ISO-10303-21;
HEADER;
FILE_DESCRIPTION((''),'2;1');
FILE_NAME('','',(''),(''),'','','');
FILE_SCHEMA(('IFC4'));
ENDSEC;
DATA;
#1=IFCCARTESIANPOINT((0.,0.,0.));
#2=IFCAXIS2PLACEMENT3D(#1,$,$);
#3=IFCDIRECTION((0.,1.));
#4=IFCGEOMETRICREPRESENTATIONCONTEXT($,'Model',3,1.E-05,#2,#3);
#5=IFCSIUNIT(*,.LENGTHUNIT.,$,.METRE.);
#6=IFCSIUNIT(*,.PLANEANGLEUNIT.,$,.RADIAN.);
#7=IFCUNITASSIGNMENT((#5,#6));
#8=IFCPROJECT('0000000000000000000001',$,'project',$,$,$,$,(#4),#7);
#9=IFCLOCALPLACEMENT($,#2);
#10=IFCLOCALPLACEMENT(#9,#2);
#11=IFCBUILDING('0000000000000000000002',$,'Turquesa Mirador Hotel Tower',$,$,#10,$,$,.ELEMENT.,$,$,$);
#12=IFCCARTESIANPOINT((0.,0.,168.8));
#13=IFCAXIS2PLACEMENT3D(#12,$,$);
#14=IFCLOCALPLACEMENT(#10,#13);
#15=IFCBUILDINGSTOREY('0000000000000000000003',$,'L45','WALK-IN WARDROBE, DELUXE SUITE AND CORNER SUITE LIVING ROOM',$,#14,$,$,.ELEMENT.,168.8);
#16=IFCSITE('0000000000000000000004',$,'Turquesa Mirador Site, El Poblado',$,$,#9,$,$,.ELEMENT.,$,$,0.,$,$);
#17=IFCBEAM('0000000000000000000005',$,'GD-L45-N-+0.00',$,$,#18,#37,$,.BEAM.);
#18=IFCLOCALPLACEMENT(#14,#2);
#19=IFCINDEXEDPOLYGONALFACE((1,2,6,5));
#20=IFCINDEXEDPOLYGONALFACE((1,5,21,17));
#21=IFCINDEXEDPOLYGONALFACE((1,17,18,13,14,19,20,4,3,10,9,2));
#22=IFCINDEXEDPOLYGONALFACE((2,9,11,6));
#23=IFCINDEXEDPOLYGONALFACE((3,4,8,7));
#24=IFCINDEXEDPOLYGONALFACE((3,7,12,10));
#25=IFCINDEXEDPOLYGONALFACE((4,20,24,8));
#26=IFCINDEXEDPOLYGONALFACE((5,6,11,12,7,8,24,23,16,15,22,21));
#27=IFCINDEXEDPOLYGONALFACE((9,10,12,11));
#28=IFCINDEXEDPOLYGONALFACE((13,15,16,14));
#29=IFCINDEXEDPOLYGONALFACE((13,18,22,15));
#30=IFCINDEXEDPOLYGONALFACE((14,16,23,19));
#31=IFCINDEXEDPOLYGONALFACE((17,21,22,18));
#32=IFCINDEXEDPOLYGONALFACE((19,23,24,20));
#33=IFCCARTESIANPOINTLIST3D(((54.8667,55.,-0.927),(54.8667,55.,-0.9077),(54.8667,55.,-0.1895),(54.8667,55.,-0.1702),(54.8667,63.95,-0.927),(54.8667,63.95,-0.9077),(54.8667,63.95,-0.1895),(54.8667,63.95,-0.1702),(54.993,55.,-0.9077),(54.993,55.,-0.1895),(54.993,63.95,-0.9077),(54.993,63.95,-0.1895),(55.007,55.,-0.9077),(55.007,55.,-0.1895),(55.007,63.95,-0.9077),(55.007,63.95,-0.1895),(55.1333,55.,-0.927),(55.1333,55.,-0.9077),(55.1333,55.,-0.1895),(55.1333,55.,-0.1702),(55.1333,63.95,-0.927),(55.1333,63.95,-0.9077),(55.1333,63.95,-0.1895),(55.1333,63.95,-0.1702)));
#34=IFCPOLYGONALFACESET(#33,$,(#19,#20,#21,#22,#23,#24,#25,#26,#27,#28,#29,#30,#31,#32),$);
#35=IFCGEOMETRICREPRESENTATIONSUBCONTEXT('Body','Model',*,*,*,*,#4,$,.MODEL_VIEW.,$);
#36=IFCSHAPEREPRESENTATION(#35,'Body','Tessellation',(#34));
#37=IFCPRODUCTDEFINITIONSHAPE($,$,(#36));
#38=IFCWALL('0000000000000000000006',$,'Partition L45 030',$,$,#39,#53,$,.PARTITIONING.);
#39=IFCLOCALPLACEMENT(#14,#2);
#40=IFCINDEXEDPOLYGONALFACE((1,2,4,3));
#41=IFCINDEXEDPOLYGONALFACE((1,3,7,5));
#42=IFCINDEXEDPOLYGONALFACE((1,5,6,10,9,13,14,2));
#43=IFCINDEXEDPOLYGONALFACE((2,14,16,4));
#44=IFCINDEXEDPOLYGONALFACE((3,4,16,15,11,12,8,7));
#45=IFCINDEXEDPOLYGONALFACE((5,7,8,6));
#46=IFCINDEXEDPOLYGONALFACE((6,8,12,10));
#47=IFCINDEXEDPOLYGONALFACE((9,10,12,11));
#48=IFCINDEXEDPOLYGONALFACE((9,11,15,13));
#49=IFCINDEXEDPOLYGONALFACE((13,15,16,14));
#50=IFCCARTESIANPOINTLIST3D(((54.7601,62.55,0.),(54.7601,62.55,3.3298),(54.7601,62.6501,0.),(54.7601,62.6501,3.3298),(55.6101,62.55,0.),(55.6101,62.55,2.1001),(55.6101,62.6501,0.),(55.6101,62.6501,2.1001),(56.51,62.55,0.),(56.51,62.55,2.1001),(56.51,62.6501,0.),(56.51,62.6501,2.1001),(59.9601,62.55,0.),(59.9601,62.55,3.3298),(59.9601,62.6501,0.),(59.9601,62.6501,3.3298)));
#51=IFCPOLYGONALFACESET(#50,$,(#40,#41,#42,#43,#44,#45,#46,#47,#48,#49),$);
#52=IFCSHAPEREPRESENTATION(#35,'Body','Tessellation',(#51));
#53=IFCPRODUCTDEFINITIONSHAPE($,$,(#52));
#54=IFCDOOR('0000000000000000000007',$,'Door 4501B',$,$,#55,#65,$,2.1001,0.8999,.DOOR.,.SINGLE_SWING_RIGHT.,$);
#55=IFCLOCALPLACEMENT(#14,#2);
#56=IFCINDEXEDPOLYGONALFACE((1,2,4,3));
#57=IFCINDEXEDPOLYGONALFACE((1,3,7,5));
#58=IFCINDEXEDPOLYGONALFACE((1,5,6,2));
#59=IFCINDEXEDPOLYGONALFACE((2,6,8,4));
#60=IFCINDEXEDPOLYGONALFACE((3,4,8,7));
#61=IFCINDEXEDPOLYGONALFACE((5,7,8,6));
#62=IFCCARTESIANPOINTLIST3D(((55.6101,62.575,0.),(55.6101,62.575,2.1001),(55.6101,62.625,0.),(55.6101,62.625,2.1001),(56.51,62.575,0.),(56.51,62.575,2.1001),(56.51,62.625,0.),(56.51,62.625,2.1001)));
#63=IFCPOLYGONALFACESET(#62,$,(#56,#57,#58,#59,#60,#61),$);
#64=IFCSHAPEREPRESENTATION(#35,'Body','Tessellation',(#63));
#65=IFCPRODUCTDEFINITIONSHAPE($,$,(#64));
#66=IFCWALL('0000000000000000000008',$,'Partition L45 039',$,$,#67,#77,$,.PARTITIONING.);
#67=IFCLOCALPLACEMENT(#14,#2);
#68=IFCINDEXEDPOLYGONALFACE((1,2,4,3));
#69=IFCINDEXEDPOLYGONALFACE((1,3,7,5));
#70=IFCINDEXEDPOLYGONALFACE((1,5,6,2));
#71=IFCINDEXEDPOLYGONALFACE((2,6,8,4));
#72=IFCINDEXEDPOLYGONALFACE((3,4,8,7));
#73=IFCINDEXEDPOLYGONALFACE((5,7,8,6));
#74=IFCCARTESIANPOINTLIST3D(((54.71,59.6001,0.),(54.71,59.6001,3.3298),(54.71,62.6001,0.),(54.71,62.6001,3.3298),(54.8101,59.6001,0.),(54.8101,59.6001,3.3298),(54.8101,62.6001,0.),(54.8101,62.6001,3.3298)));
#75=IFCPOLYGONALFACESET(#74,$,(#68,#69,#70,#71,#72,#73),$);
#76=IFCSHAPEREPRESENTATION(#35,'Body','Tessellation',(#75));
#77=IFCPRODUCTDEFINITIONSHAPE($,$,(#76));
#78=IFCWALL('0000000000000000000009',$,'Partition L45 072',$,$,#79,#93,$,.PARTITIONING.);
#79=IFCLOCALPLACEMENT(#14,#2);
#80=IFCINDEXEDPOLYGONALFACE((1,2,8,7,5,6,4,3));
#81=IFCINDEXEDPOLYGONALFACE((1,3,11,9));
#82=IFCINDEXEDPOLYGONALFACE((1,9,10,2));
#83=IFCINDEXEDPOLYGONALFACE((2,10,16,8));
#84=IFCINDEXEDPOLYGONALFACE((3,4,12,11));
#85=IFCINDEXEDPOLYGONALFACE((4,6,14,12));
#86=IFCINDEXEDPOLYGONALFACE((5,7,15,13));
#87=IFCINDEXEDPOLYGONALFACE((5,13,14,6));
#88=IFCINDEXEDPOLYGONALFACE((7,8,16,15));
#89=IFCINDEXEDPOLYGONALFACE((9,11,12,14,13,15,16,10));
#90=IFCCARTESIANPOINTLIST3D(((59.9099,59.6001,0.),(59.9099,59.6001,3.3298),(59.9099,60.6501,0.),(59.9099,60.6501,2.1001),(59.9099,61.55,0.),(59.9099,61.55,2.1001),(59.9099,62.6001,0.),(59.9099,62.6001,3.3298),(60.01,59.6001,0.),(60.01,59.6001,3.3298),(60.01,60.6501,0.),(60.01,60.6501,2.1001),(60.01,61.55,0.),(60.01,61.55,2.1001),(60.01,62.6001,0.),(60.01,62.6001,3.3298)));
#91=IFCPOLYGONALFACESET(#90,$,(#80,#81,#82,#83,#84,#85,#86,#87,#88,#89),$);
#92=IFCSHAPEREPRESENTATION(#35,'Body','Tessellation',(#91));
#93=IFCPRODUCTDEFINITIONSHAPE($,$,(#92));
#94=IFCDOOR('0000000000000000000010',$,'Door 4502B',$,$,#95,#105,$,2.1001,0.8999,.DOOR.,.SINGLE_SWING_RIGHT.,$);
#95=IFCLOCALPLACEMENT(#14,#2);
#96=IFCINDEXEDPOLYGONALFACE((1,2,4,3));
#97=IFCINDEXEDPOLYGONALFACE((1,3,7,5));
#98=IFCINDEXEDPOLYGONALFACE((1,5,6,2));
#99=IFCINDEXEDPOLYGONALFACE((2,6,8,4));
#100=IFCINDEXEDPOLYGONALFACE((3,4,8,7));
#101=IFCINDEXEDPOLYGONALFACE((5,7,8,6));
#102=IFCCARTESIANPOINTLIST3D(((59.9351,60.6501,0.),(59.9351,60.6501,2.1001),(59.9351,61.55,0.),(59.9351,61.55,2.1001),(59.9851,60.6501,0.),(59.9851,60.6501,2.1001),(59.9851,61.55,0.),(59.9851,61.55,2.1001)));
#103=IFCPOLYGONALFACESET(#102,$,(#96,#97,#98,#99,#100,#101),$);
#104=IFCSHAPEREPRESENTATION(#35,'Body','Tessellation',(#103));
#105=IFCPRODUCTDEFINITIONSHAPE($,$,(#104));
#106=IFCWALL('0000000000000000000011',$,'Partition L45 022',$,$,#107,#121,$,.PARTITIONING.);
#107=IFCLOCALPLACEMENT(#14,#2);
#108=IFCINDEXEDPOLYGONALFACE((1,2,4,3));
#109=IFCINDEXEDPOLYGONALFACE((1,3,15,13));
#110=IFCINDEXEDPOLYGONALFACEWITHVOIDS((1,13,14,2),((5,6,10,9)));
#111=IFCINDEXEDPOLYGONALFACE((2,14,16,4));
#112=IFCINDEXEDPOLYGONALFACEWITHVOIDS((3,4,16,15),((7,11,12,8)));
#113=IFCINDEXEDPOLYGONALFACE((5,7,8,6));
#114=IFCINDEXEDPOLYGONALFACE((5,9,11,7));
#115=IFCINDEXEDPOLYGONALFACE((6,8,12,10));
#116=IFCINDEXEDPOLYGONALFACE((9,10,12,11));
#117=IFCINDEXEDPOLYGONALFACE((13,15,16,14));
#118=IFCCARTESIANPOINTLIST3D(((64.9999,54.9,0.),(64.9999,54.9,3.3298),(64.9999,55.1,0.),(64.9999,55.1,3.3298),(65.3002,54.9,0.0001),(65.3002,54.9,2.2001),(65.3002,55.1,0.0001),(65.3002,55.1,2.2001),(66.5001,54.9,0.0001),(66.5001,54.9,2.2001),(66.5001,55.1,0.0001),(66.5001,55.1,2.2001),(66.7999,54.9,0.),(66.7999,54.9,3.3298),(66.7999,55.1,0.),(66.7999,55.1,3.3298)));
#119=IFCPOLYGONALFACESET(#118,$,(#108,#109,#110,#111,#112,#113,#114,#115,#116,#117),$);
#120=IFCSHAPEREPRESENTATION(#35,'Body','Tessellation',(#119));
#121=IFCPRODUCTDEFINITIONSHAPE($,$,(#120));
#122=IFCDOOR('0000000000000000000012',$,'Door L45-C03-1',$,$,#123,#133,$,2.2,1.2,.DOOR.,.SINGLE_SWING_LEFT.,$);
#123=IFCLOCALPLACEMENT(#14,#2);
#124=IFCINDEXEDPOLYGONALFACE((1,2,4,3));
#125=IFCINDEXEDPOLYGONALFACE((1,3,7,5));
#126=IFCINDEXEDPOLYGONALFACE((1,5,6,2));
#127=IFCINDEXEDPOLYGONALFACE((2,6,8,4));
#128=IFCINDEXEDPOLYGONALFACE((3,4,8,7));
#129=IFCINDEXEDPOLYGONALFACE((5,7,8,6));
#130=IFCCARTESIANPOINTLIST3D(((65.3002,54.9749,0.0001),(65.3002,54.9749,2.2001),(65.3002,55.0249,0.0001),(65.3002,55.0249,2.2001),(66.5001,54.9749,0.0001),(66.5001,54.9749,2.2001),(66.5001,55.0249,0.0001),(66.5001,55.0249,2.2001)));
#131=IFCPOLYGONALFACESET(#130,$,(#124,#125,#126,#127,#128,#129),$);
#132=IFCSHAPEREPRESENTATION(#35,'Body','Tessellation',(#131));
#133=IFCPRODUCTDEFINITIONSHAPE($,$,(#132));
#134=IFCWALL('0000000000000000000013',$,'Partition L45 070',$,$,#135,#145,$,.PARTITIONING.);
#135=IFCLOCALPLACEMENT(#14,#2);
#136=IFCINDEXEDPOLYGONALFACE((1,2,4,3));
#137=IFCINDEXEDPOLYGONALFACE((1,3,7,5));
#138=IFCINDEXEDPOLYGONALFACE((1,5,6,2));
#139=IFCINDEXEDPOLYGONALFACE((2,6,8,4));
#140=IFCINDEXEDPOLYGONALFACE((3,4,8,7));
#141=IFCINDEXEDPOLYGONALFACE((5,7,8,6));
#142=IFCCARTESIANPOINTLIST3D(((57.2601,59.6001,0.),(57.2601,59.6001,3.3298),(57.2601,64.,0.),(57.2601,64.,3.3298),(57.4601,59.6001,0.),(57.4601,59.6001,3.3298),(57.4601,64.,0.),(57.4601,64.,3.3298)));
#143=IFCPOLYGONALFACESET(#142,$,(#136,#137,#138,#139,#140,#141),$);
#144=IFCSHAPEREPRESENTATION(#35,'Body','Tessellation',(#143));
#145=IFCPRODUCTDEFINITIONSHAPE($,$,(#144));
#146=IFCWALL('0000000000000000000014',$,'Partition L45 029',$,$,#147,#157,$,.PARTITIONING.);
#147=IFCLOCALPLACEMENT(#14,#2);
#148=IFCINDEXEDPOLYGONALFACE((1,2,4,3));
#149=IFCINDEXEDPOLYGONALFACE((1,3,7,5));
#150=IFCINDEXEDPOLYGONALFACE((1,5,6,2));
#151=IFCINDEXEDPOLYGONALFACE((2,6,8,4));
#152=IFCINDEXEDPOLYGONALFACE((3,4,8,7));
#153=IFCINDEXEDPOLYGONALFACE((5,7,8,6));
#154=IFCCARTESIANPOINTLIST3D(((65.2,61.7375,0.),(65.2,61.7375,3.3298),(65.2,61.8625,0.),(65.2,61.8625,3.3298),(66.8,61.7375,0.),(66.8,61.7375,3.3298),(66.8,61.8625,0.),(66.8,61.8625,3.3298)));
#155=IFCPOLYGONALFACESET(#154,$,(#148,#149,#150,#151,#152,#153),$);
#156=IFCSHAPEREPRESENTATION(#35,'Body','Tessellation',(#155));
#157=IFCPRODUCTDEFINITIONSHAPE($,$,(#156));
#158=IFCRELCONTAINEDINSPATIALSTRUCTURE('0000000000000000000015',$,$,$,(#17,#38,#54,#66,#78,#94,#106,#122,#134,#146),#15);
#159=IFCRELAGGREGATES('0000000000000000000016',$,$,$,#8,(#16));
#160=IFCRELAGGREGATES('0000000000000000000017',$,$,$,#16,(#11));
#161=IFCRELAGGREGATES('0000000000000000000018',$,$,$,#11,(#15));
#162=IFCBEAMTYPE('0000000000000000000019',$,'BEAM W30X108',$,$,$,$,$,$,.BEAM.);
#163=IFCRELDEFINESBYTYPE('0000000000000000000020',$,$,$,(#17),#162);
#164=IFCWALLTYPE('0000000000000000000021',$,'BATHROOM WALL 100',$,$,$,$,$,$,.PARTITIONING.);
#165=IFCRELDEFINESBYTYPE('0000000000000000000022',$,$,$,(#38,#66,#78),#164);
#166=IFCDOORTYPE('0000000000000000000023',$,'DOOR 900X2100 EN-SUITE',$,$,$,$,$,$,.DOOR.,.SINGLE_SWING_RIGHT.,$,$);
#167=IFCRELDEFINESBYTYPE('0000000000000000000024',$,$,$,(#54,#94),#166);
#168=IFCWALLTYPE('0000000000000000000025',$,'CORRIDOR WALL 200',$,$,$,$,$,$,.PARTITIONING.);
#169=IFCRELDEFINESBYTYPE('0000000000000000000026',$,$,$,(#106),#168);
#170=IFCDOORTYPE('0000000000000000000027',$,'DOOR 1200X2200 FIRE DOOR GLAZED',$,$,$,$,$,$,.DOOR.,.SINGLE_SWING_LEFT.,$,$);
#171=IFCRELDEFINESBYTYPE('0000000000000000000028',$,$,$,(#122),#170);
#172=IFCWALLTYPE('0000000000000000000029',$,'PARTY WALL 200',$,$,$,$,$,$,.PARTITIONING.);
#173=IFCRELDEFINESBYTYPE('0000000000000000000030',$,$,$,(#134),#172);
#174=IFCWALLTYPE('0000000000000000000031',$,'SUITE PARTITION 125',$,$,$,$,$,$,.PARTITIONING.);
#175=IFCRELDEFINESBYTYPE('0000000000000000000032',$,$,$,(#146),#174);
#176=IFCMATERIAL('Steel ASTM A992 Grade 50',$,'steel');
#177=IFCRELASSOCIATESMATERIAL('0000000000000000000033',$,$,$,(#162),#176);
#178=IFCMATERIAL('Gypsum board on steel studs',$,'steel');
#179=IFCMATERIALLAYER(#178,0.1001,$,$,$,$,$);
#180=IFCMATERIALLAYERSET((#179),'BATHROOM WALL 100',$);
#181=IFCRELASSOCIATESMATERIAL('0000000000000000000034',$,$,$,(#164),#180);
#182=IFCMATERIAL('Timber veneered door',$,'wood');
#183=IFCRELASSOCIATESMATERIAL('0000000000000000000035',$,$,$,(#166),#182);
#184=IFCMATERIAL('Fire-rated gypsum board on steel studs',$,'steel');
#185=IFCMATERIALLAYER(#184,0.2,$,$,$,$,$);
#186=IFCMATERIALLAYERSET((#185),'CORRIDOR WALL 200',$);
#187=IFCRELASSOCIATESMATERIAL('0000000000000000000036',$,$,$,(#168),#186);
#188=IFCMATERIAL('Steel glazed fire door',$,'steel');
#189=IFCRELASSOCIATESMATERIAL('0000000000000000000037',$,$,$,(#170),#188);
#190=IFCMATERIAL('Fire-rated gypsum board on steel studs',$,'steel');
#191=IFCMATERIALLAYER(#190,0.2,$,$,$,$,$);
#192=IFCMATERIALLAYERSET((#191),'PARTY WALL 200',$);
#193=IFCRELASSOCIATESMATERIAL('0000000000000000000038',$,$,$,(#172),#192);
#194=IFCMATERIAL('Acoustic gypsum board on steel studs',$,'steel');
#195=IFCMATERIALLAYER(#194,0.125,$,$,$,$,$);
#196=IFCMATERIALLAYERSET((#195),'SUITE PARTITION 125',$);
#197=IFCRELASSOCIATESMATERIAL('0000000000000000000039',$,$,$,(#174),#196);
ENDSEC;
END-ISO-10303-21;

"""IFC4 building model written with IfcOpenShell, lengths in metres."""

from ifc_helpers import new_model, si_unit, direction, frame, frame_2d, origin, origin_2d, place, context, subcontext, project, spatial, rectangle, i_section, extrude, material, layer, layer_set, material_profile, profile_set, type_object, element, fill, save


model = new_model("IFC4")

# Units and contexts
model_context = context("Model", 3, precision=1e-05, world=origin(), true_north=direction((0.0, 1.0)))
body_context = subcontext(model_context, "Body", "Model", "MODEL_VIEW")
ifc_project = project(units=[si_unit("LENGTHUNIT", "METRE"), si_unit("PLANEANGLEUNIT", "RADIAN")], contexts=[model_context])

# Site, building, storey
site_placement = place(None, origin())
site = spatial("IfcSite", under=ifc_project, at=site_placement, Name="Turquesa Mirador Site, El Poblado", CompositionType="ELEMENT", RefElevation=0.0)
building_placement = place(site_placement, origin())
building = spatial("IfcBuilding", under=site, at=building_placement, Name="Turquesa Mirador Hotel Tower", CompositionType="ELEMENT")
storey_placement = place(building_placement, frame((0.0, 0.0, 168.8)))
storey = spatial("IfcBuildingStorey", under=building, at=storey_placement, Name="L45", Description="WALK-IN WARDROBE, DELUXE SUITE AND CORNER SUITE LIVING ROOM", CompositionType="ELEMENT", Elevation=168.8)

# Beam
ifc_material_1 = material(Name="Steel ASTM A992 Grade 50", Category="steel")
ifc_material_profile_1 = material_profile(ifc_material_1, i_section(OverallWidth=0.2666, OverallDepth=0.7568, WebThickness=0.0139, FlangeThickness=0.0193, at=origin_2d()), Name="W30X108")
ifc_profile_set_1 = profile_set([ifc_material_profile_1], Name="Steel ASTM A992 Grade 50")
beam_type_1 = type_object("IfcBeamType", Name="BEAM W30X108", PredefinedType="BEAM", material=ifc_profile_set_1)
for number, where, z_axis, x_axis, name in (
    (1, (55.0, 63.95, -0.5486), (0.0, -1.0, 0.0), (1.0, 0.0, 0.0), "GD-L45-N-+0.00"),
):
    element("IfcBeam", number, at=place(storey_placement, frame(where, z_axis=z_axis, x_axis=x_axis)), inside=storey, type_object=beam_type_1, Name=name, PredefinedType="BEAM", context=body_context, shape_type="SweptSolid", body=[
        extrude(i_section(OverallWidth=0.2666, OverallDepth=0.7568, WebThickness=0.0139, FlangeThickness=0.0193, at=origin_2d()), origin(), (0.0, 0.0, 1.0), 8.95),
    ])

# Wall, opening, door
ifc_material_2 = material(Name="Gypsum board on steel studs", Category="steel")
ifc_layer_1 = layer(ifc_material_2, 0.1001)
ifc_layer_set_1 = layer_set([ifc_layer_1], Name="BATHROOM WALL 100")
wall_type_1 = type_object("IfcWallType", Name="BATHROOM WALL 100", PredefinedType="PARTITIONING", material=ifc_layer_set_1)
wall_1_placement = place(storey_placement, frame((54.76, 62.6001, 0.0), z_axis=(0.0, 0.0, 1.0), x_axis=(1.0, 0.0, 0.0)))
wall_1 = element("IfcWall", 2, at=wall_1_placement, inside=storey, type_object=wall_type_1, Name="Partition L45 030", PredefinedType="PARTITIONING", context=body_context, shape_type="SweptSolid", body=[
    extrude(rectangle(XDim=5.2, YDim=0.1001, at=frame_2d((2.6001, 0.0))), origin(), (0.0, 0.0, 1.0), 3.3298),
])
opening_1_placement = place(wall_1_placement, frame((0.8501, 0.0, 0.0)))
opening_1 = element("IfcOpeningElement", 3, at=opening_1_placement, cuts=wall_1, PredefinedType="OPENING", context=body_context, shape_type="SweptSolid", body=[
    extrude(rectangle(XDim=0.8999, YDim=2.1001, at=frame_2d((0.45, 1.05))), frame((0.0, 0.0601, 0.0), z_axis=(0.0, -1.0, 0.0), x_axis=(1.0, 0.0, 0.0)), (0.0, 0.0, 1.0), 0.1201),
])
ifc_material_3 = material(Name="Timber veneered door", Category="wood")
door_type_1 = type_object("IfcDoorType", Name="DOOR 900X2100 EN-SUITE", OperationType="SINGLE_SWING_RIGHT", PredefinedType="DOOR", material=ifc_material_3)
door_1_placement = place(opening_1_placement, origin())
door_1 = element("IfcDoor", 4, at=door_1_placement, inside=storey, type_object=door_type_1, Name="Door 4501B", OperationType="SINGLE_SWING_RIGHT", OverallHeight=2.1001, OverallWidth=0.8999, PredefinedType="DOOR", context=body_context, shape_type="SweptSolid", body=[
    extrude(rectangle(XDim=0.8999, YDim=2.1001, at=frame_2d((0.45, 1.05))), frame((0.0, 0.0249, 0.0), z_axis=(0.0, -1.0, 0.0), x_axis=(1.0, 0.0, 0.0)), (0.0, 0.0, 1.0), 0.05),
])
fill(opening_1, door_1)

# Wall
wall_2_placement = place(storey_placement, frame((54.76, 59.6001, 0.0), z_axis=(0.0, 0.0, 1.0), x_axis=(0.0, 1.0, 0.0)))
element("IfcWall", 5, at=wall_2_placement, inside=storey, type_object=wall_type_1, Name="Partition L45 039", PredefinedType="PARTITIONING", context=body_context, shape_type="SweptSolid", body=[
    extrude(rectangle(XDim=3.0, YDim=0.1001, at=frame_2d((1.5, 0.0))), origin(), (0.0, 0.0, 1.0), 3.3298),
])

# Walls, openings, doors
wall_3_placement = place(storey_placement, frame((59.96, 59.6001, 0.0), z_axis=(0.0, 0.0, 1.0), x_axis=(0.0, 1.0, 0.0)))
wall_3 = element("IfcWall", 6, at=wall_3_placement, inside=storey, type_object=wall_type_1, Name="Partition L45 072", PredefinedType="PARTITIONING", context=body_context, shape_type="SweptSolid", body=[
    extrude(rectangle(XDim=3.0, YDim=0.1001, at=frame_2d((1.5, 0.0))), origin(), (0.0, 0.0, 1.0), 3.3298),
])
opening_2_placement = place(wall_3_placement, frame((1.05, 0.0, 0.0)))
opening_2 = element("IfcOpeningElement", 7, at=opening_2_placement, cuts=wall_3, PredefinedType="OPENING", context=body_context, shape_type="SweptSolid", body=[
    extrude(rectangle(XDim=0.8999, YDim=2.1001, at=frame_2d((0.45, 1.05))), frame((0.0, 0.0601, 0.0), z_axis=(0.0, -1.0, 0.0), x_axis=(1.0, 0.0, 0.0)), (0.0, 0.0, 1.0), 0.1201),
])
door_2_placement = place(opening_2_placement, origin())
door_2 = element("IfcDoor", 8, at=door_2_placement, inside=storey, type_object=door_type_1, Name="Door 4502B", OperationType="SINGLE_SWING_RIGHT", OverallHeight=2.1001, OverallWidth=0.8999, PredefinedType="DOOR", context=body_context, shape_type="SweptSolid", body=[
    extrude(rectangle(XDim=0.8999, YDim=2.1001, at=frame_2d((0.45, 1.05))), frame((0.0, 0.0249, 0.0), z_axis=(0.0, -1.0, 0.0), x_axis=(1.0, 0.0, 0.0)), (0.0, 0.0, 1.0), 0.05),
])
fill(opening_2, door_2)
ifc_material_4 = material(Name="Fire-rated gypsum board on steel studs", Category="steel")
ifc_layer_2 = layer(ifc_material_4, 0.2)
ifc_layer_set_2 = layer_set([ifc_layer_2], Name="CORRIDOR WALL 200")
wall_type_2 = type_object("IfcWallType", Name="CORRIDOR WALL 200", PredefinedType="PARTITIONING", material=ifc_layer_set_2)
wall_4_placement = place(storey_placement, frame((65.0, 55.0, 0.0), z_axis=(0.0, 0.0, 1.0), x_axis=(1.0, 0.0, 0.0)))
wall_4 = element("IfcWall", 9, at=wall_4_placement, inside=storey, type_object=wall_type_2, Name="Partition L45 022", PredefinedType="PARTITIONING", context=body_context, shape_type="SweptSolid", body=[
    extrude(rectangle(XDim=1.8, YDim=0.2, at=frame_2d((0.8999, 0.0))), origin(), (0.0, 0.0, 1.0), 3.3298),
])
opening_3_placement = place(wall_4_placement, frame((0.3, 0.0, 0.0)))
opening_3 = element("IfcOpeningElement", 10, at=opening_3_placement, cuts=wall_4, PredefinedType="OPENING", context=body_context, shape_type="SweptSolid", body=[
    extrude(rectangle(XDim=1.2, YDim=2.2, at=frame_2d((0.6001, 1.1001))), frame((0.0, 0.1099, 0.0), z_axis=(0.0, -1.0, 0.0), x_axis=(1.0, 0.0, 0.0)), (0.0, 0.0, 1.0), 0.22),
])
ifc_material_5 = material(Name="Steel glazed fire door", Category="steel")
door_type_2 = type_object("IfcDoorType", Name="DOOR 1200X2200 FIRE DOOR GLAZED", OperationType="SINGLE_SWING_LEFT", PredefinedType="DOOR", material=ifc_material_5)
door_3_placement = place(opening_3_placement, origin())
door_3 = element("IfcDoor", 11, at=door_3_placement, inside=storey, type_object=door_type_2, Name="Door L45-C03-1", OperationType="SINGLE_SWING_LEFT", OverallHeight=2.2, OverallWidth=1.2, PredefinedType="DOOR", context=body_context, shape_type="SweptSolid", body=[
    extrude(rectangle(XDim=1.2, YDim=2.2, at=frame_2d((0.6001, 1.1001))), frame((0.0, 0.0249, 0.0), z_axis=(0.0, -1.0, 0.0), x_axis=(1.0, 0.0, 0.0)), (0.0, 0.0, 1.0), 0.05),
])
fill(opening_3, door_3)

# Walls
ifc_material_6 = material(Name="Fire-rated gypsum board on steel studs", Category="steel")
ifc_layer_3 = layer(ifc_material_6, 0.2)
ifc_layer_set_3 = layer_set([ifc_layer_3], Name="PARTY WALL 200")
wall_type_3 = type_object("IfcWallType", Name="PARTY WALL 200", PredefinedType="PARTITIONING", material=ifc_layer_set_3)
wall_5_placement = place(storey_placement, frame((57.3601, 59.6001, 0.0), z_axis=(0.0, 0.0, 1.0), x_axis=(0.0, 1.0, 0.0)))
element("IfcWall", 12, at=wall_5_placement, inside=storey, type_object=wall_type_3, Name="Partition L45 070", PredefinedType="PARTITIONING", context=body_context, shape_type="SweptSolid", body=[
    extrude(rectangle(XDim=4.3999, YDim=0.2, at=frame_2d((2.2, 0.0))), origin(), (0.0, 0.0, 1.0), 3.3298),
])
ifc_material_7 = material(Name="Acoustic gypsum board on steel studs", Category="steel")
ifc_layer_4 = layer(ifc_material_7, 0.125)
ifc_layer_set_4 = layer_set([ifc_layer_4], Name="SUITE PARTITION 125")
wall_type_4 = type_object("IfcWallType", Name="SUITE PARTITION 125", PredefinedType="PARTITIONING", material=ifc_layer_set_4)
wall_6_placement = place(storey_placement, frame((65.2, 61.8, 0.0), z_axis=(0.0, 0.0, 1.0), x_axis=(1.0, 0.0, 0.0)))
element("IfcWall", 13, at=wall_6_placement, inside=storey, type_object=wall_type_4, Name="Partition L45 029", PredefinedType="PARTITIONING", context=body_context, shape_type="SweptSolid", body=[
    extrude(rectangle(XDim=1.6001, YDim=0.125, at=frame_2d((0.8, 0.0))), origin(), (0.0, 0.0, 1.0), 3.3298),
])

save(model, "model.ifc")
